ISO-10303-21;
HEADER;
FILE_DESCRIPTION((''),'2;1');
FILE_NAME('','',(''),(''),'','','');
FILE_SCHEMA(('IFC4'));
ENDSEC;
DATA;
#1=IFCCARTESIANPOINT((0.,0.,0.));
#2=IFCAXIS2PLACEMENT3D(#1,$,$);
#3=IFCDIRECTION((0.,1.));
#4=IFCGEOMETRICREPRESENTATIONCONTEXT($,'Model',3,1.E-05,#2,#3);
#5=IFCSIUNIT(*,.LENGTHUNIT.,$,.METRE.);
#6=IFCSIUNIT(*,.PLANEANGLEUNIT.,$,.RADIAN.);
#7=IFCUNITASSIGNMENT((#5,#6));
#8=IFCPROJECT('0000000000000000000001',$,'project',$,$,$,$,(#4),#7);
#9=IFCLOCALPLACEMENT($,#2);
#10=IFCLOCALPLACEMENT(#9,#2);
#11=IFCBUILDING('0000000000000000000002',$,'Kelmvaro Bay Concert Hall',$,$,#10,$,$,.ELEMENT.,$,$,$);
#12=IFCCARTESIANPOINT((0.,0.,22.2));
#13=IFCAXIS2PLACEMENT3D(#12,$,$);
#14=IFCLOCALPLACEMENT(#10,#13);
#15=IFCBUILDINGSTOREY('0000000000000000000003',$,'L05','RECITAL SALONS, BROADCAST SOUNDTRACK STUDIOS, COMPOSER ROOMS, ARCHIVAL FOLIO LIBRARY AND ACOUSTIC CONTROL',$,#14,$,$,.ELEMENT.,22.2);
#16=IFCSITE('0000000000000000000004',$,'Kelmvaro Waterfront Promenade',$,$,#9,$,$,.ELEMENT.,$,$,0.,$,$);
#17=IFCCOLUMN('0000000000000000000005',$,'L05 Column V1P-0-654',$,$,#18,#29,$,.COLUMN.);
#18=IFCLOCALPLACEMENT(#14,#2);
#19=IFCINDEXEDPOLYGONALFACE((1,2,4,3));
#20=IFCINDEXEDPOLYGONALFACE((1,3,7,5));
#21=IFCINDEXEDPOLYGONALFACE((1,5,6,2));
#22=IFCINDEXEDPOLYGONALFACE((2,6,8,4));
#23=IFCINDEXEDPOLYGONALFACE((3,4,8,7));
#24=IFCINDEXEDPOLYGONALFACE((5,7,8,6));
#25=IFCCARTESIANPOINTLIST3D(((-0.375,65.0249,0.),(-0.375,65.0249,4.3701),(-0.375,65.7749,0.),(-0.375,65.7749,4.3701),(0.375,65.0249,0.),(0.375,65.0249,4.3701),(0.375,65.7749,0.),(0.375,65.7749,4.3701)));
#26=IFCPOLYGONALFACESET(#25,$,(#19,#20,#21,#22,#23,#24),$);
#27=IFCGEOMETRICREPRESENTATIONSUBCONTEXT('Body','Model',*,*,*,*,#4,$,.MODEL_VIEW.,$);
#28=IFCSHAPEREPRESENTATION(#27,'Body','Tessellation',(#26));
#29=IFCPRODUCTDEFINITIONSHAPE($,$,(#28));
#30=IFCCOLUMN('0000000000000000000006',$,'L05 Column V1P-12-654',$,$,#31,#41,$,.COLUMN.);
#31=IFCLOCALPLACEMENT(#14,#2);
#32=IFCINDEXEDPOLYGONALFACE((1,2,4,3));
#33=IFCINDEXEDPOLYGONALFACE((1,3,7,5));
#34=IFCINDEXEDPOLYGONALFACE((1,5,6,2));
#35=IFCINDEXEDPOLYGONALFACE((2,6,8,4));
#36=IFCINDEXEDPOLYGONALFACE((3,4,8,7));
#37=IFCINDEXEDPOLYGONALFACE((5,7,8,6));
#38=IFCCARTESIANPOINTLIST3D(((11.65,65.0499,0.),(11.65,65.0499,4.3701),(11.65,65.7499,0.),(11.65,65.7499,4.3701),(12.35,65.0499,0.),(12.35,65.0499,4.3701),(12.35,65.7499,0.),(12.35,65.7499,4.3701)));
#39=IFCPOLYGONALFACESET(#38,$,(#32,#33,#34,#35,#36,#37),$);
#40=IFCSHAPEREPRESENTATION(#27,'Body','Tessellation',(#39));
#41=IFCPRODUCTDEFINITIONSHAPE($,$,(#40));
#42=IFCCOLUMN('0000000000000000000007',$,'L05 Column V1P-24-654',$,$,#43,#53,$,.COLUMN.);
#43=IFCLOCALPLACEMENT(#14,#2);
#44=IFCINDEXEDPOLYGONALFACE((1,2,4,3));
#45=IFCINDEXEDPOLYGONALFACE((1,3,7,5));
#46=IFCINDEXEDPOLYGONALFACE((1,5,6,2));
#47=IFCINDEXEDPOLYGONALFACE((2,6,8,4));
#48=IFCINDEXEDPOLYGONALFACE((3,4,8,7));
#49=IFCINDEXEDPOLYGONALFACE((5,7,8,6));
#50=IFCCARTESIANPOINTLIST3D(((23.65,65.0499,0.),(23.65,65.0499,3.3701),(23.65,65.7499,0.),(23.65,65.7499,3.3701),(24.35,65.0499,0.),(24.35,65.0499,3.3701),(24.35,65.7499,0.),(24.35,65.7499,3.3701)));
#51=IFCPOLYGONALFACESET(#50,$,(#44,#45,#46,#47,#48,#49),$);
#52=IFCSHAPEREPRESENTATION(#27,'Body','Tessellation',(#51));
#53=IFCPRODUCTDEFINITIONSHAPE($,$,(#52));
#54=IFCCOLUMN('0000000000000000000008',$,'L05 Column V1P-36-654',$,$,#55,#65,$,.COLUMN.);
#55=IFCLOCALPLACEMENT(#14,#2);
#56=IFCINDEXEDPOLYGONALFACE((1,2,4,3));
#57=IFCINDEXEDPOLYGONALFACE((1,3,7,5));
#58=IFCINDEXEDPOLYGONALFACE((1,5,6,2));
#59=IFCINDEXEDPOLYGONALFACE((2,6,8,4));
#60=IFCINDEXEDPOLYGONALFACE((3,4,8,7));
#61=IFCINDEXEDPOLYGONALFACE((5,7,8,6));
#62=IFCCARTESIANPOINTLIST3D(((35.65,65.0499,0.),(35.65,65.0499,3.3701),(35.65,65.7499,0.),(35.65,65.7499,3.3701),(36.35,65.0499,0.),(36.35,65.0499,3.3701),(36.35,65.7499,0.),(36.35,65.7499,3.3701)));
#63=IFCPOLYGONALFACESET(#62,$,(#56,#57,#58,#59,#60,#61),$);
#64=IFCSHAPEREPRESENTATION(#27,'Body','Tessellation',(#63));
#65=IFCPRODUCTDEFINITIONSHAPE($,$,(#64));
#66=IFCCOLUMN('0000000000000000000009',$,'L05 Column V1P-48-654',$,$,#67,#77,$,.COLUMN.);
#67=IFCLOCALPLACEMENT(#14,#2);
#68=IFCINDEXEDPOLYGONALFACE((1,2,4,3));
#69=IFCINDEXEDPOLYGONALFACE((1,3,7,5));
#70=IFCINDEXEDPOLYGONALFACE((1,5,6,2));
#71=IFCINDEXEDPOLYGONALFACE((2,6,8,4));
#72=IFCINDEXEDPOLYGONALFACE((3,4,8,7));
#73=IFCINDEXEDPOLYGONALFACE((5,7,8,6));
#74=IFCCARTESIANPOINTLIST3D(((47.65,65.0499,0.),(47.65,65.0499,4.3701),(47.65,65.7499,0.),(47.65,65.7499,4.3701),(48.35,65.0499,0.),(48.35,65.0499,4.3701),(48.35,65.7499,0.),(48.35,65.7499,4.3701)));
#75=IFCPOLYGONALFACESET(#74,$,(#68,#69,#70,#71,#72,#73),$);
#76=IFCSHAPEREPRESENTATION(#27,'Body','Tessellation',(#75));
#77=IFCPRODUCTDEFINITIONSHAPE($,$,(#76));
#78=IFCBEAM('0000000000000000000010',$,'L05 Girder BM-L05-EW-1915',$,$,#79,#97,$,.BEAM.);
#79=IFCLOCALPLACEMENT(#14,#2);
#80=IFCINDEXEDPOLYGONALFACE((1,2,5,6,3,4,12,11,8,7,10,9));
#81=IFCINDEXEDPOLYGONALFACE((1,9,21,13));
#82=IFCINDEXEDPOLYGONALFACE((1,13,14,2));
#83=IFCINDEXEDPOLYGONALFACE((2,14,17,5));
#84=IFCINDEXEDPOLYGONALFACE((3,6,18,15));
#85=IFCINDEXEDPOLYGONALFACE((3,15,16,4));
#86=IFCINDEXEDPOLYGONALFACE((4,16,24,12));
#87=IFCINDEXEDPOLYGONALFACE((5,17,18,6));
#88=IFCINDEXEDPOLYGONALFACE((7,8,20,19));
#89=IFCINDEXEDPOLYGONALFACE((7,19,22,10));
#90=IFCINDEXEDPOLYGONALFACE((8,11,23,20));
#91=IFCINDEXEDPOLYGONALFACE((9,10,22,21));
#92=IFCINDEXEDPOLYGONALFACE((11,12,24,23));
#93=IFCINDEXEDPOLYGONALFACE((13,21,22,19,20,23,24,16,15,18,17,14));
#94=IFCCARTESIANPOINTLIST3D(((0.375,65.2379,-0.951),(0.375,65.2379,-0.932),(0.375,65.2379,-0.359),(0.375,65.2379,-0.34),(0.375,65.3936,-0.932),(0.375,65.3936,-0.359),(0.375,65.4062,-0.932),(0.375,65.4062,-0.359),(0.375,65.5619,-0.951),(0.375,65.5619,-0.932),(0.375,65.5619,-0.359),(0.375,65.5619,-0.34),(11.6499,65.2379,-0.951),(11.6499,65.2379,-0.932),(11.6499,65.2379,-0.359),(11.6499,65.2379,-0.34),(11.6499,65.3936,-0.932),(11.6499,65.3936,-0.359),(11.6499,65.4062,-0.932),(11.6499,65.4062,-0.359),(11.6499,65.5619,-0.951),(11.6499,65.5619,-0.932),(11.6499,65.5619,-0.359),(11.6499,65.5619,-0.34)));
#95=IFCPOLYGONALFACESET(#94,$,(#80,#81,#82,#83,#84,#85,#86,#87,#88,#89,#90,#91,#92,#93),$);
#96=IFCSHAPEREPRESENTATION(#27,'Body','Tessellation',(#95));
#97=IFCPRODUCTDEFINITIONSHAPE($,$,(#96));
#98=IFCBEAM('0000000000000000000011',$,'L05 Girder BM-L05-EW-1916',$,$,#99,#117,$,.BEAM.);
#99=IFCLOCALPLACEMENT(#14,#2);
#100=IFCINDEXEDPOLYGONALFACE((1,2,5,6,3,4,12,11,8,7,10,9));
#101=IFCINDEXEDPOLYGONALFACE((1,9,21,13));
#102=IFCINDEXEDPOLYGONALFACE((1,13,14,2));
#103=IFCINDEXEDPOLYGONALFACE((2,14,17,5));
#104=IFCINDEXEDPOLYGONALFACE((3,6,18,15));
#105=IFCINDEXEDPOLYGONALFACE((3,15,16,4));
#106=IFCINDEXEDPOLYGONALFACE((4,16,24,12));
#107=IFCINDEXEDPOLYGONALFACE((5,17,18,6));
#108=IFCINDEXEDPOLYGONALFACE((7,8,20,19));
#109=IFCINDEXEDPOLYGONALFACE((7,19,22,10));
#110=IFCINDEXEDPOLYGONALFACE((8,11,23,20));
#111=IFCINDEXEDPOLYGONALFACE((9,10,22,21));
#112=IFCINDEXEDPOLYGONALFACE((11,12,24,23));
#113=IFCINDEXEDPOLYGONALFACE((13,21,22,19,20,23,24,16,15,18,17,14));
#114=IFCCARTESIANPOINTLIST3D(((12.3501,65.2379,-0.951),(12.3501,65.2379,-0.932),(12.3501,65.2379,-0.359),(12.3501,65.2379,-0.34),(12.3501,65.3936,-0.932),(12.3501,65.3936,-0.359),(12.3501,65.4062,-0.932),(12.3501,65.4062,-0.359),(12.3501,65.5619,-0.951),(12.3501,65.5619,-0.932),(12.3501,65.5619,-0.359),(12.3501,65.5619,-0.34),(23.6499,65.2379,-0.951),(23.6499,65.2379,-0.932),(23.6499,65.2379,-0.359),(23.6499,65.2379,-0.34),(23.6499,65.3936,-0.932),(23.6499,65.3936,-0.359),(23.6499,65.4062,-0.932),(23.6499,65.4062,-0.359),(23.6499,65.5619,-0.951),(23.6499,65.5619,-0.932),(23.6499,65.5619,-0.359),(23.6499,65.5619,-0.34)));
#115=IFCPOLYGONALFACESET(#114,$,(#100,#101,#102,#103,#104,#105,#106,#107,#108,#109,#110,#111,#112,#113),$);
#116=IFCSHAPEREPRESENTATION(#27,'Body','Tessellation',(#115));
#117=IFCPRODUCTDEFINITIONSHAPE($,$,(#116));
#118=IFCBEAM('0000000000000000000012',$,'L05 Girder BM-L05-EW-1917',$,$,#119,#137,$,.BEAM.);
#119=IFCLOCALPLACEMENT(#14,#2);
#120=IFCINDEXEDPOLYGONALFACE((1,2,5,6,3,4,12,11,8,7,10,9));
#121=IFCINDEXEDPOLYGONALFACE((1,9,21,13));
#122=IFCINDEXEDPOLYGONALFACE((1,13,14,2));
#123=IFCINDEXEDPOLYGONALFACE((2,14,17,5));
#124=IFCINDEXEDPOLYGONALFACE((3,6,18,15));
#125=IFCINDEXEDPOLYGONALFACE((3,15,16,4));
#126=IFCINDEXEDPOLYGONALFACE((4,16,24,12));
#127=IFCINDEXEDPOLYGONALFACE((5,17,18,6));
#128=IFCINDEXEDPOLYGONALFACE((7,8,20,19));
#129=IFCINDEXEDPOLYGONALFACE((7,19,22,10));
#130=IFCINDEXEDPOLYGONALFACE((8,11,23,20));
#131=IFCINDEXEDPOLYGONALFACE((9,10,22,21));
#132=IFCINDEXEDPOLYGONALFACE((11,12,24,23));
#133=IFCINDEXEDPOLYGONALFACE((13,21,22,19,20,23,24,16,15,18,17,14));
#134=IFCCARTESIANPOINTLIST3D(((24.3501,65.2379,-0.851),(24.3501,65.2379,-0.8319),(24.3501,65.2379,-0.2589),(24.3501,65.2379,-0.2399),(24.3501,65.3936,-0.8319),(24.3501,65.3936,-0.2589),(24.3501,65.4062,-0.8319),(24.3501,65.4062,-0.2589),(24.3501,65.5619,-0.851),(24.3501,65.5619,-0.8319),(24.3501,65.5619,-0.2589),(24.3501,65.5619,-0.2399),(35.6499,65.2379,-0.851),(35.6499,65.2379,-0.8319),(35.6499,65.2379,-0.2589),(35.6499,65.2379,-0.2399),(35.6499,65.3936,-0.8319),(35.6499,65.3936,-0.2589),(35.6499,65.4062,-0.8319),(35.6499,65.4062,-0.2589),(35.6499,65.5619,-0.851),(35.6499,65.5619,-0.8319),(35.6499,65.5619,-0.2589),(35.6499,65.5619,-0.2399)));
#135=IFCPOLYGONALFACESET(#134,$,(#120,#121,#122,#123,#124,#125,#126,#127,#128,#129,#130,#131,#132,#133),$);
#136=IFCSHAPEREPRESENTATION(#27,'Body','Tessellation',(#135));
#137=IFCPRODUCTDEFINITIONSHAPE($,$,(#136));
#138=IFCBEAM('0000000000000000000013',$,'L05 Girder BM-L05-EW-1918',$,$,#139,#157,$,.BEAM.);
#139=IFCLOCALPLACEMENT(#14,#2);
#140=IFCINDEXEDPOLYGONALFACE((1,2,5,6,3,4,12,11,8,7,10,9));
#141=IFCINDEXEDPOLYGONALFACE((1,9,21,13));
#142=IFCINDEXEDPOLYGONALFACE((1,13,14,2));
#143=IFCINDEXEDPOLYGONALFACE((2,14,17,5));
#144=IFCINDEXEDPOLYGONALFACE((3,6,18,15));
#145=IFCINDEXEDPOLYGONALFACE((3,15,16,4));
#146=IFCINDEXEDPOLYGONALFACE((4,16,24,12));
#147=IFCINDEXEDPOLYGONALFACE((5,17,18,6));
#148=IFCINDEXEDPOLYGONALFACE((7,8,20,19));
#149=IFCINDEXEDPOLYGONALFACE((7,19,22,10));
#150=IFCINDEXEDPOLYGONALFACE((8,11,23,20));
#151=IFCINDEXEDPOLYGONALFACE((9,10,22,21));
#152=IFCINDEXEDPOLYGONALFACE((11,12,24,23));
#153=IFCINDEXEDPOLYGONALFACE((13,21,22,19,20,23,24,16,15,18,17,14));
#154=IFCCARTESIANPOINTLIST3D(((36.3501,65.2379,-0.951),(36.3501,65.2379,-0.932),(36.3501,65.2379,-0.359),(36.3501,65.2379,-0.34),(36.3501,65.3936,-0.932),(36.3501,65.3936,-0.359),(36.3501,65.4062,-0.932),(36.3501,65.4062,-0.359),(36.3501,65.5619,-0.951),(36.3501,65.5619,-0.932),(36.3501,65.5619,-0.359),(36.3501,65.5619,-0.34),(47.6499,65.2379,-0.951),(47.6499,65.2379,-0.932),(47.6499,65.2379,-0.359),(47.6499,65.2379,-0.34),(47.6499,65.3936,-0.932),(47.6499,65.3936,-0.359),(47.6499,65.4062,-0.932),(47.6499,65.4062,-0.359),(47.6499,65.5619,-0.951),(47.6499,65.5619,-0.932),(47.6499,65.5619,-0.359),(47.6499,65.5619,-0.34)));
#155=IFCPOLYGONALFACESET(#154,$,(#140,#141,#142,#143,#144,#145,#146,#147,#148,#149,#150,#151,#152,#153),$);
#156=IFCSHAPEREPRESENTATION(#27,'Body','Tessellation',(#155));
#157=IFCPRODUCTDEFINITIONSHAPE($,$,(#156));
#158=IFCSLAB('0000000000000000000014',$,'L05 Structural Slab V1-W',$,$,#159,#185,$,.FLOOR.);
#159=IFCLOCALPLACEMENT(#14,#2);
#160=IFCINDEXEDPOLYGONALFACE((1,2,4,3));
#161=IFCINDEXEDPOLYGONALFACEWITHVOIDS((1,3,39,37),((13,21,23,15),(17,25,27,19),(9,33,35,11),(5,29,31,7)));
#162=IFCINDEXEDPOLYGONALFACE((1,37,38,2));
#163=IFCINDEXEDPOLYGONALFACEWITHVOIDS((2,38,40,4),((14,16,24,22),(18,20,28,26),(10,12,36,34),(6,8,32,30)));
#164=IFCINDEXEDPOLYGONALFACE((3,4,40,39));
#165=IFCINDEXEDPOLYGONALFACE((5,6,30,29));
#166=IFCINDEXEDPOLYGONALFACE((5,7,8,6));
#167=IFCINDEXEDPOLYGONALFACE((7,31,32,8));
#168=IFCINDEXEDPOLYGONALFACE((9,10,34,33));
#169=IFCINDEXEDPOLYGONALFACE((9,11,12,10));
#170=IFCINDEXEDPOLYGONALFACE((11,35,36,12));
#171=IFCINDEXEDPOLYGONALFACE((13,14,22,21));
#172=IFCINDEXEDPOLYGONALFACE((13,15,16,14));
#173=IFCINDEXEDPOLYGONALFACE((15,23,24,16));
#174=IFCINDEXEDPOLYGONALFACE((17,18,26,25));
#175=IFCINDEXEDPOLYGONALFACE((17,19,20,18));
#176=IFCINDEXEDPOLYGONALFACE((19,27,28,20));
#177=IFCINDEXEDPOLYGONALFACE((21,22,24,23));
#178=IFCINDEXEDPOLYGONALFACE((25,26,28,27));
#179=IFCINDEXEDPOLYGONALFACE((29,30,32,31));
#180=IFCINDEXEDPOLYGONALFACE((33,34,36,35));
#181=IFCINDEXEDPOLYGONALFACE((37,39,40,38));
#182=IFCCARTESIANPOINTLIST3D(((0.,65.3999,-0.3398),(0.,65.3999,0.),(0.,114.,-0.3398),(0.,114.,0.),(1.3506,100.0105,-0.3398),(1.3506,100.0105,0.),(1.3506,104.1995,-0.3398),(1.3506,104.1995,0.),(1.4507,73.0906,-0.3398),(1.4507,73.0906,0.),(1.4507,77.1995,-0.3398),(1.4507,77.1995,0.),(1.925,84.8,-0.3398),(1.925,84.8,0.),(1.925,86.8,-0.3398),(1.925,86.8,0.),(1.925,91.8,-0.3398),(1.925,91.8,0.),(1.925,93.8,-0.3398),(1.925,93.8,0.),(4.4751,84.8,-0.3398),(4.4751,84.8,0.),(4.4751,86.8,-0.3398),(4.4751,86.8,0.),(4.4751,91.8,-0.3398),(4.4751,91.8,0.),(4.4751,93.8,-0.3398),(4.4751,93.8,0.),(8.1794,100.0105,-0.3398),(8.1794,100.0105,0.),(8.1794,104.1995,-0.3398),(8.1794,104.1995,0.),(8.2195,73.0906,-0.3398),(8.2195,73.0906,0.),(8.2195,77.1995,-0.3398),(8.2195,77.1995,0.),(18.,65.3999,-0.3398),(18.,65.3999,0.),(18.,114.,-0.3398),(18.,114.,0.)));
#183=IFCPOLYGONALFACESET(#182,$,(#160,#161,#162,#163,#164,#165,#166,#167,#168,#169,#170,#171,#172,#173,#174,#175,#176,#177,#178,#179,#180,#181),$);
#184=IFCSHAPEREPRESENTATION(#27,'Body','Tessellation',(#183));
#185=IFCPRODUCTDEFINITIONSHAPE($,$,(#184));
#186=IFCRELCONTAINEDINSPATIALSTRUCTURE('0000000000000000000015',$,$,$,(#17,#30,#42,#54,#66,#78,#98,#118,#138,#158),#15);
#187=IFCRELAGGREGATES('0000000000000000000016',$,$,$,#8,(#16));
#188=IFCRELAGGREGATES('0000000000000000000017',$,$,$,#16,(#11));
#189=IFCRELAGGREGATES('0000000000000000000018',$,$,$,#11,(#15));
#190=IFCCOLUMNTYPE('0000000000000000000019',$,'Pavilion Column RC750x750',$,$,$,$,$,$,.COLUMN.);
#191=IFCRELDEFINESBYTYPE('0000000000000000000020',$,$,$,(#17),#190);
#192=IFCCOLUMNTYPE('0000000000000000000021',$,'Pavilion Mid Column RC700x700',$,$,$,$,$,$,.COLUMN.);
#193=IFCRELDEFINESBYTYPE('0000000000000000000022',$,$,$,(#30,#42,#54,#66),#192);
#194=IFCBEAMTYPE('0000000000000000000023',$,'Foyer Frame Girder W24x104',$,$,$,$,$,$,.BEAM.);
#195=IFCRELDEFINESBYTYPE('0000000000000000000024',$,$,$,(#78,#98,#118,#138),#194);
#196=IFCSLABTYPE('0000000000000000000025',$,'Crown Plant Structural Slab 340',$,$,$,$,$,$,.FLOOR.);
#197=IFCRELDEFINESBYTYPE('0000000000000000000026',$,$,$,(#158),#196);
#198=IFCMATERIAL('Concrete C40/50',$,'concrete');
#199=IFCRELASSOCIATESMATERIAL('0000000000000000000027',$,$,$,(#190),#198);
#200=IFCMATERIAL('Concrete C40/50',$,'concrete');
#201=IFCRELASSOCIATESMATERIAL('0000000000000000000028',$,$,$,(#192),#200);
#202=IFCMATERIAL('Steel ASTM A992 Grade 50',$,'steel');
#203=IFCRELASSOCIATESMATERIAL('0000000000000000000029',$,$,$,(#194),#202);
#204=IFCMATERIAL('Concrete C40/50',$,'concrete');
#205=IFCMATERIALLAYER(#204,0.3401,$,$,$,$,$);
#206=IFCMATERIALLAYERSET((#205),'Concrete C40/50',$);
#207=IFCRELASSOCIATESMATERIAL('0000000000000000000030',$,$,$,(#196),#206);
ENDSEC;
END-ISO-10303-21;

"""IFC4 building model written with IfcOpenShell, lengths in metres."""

from ifc_helpers import new_model, si_unit, direction, frame, origin, origin_2d, place, context, subcontext, project, spatial, polyline, rectangle, i_section, outline, extrude, material, layer, layer_set, material_profile, profile_set, type_object, element, save


model = new_model("IFC4")

# Units and contexts
model_context = context("Model", 3, precision=1e-05, world=origin(), true_north=direction((0.0, 1.0)))
body_context = subcontext(model_context, "Body", "Model", "MODEL_VIEW")
ifc_project = project(units=[si_unit("LENGTHUNIT", "METRE"), si_unit("PLANEANGLEUNIT", "RADIAN")], contexts=[model_context])

# Site, building, storey
site_placement = place(None, origin())
site = spatial("IfcSite", under=ifc_project, at=site_placement, Name="Kelmvaro Waterfront Promenade", CompositionType="ELEMENT", RefElevation=0.0)
building_placement = place(site_placement, origin())
building = spatial("IfcBuilding", under=site, at=building_placement, Name="Kelmvaro Bay Concert Hall", CompositionType="ELEMENT")
storey_placement = place(building_placement, frame((0.0, 0.0, 22.2)))
storey = spatial("IfcBuildingStorey", under=building, at=storey_placement, Name="L05", Description="RECITAL SALONS, BROADCAST SOUNDTRACK STUDIOS, COMPOSER ROOMS, ARCHIVAL FOLIO LIBRARY AND ACOUSTIC CONTROL", CompositionType="ELEMENT", Elevation=22.2)

# Columns
ifc_material_1 = material(Name="Concrete C40/50", Category="concrete")
ifc_material_profile_1 = material_profile(ifc_material_1, rectangle(XDim=0.75, YDim=0.75, at=origin_2d()), Name="RC-COL-750X750")
ifc_profile_set_1 = profile_set([ifc_material_profile_1], Name="Concrete C40/50")
column_type_1 = type_object("IfcColumnType", Name="Pavilion Column RC750x750", PredefinedType="COLUMN", material=ifc_profile_set_1)
column_1_placement = place(storey_placement, frame((0.0, 65.3999, 0.0), z_axis=(0.0, 0.0, 1.0), x_axis=(1.0, 0.0, 0.0)))
element("IfcColumn", 1, at=column_1_placement, inside=storey, type_object=column_type_1, Name="L05 Column V1P-0-654", PredefinedType="COLUMN", context=body_context, shape_type="SweptSolid", body=[
    extrude(rectangle(XDim=0.75, YDim=0.75, at=origin_2d()), origin(), (0.0, 0.0, 1.0), 4.3701),
])
ifc_material_2 = material(Name="Concrete C40/50", Category="concrete")
ifc_material_profile_2 = material_profile(ifc_material_2, rectangle(XDim=0.7, YDim=0.7, at=origin_2d()), Name="RC-COL-700X700")
ifc_profile_set_2 = profile_set([ifc_material_profile_2], Name="Concrete C40/50")
column_type_2 = type_object("IfcColumnType", Name="Pavilion Mid Column RC700x700", PredefinedType="COLUMN", material=ifc_profile_set_2)
column_2_placement = place(storey_placement, frame((12.0, 65.3999, 0.0), z_axis=(0.0, 0.0, 1.0), x_axis=(1.0, 0.0, 0.0)))
element("IfcColumn", 2, at=column_2_placement, inside=storey, type_object=column_type_2, Name="L05 Column V1P-12-654", PredefinedType="COLUMN", context=body_context, shape_type="SweptSolid", body=[
    extrude(rectangle(XDim=0.7, YDim=0.7, at=origin_2d()), origin(), (0.0, 0.0, 1.0), 4.3701),
])
for number, where, z_axis, x_axis, name in (
    (3, (24.0, 65.3999, 0.0), (0.0, 0.0, 1.0), (1.0, 0.0, 0.0), "L05 Column V1P-24-654"),
    (4, (36.0, 65.3999, 0.0), (0.0, 0.0, 1.0), (1.0, 0.0, 0.0), "L05 Column V1P-36-654"),
):
    element("IfcColumn", number, at=place(storey_placement, frame(where, z_axis=z_axis, x_axis=x_axis)), inside=storey, type_object=column_type_2, Name=name, PredefinedType="COLUMN", context=body_context, shape_type="SweptSolid", body=[
        extrude(rectangle(XDim=0.7, YDim=0.7, at=origin_2d()), origin(), (0.0, 0.0, 1.0), 3.3701),
    ])
column_3_placement = place(storey_placement, frame((48.0, 65.3999, 0.0), z_axis=(0.0, 0.0, 1.0), x_axis=(1.0, 0.0, 0.0)))
element("IfcColumn", 5, at=column_3_placement, inside=storey, type_object=column_type_2, Name="L05 Column V1P-48-654", PredefinedType="COLUMN", context=body_context, shape_type="SweptSolid", body=[
    extrude(rectangle(XDim=0.7, YDim=0.7, at=origin_2d()), origin(), (0.0, 0.0, 1.0), 4.3701),
])

# Beams
ifc_material_3 = material(Name="Steel ASTM A992 Grade 50", Category="steel")
ifc_material_profile_3 = material_profile(ifc_material_3, i_section(OverallWidth=0.324, OverallDepth=0.6111, WebThickness=0.0127, FlangeThickness=0.019, at=origin_2d()), Name="W24X104")
ifc_profile_set_3 = profile_set([ifc_material_profile_3], Name="Steel ASTM A992 Grade 50")
beam_type = type_object("IfcBeamType", Name="Foyer Frame Girder W24x104", PredefinedType="BEAM", material=ifc_profile_set_3)
beam_placement = place(storey_placement, frame((0.375, 65.3999, -0.6455), z_axis=(1.0, 0.0, 0.0), x_axis=(0.0, 1.0, 0.0)))
element("IfcBeam", 6, at=beam_placement, inside=storey, type_object=beam_type, Name="L05 Girder BM-L05-EW-1915", PredefinedType="BEAM", context=body_context, shape_type="SweptSolid", body=[
    extrude(i_section(OverallWidth=0.324, OverallDepth=0.6111, WebThickness=0.0127, FlangeThickness=0.019, at=origin_2d()), origin(), (0.0, 0.0, 1.0), 11.2749),
])
for number, where, z_axis, x_axis, name in (
    (7, (12.3501, 65.3999, -0.6455), (1.0, 0.0, 0.0), (0.0, 1.0, 0.0), "L05 Girder BM-L05-EW-1916"),
    (8, (24.3501, 65.3999, -0.5454), (1.0, 0.0, 0.0), (0.0, 1.0, 0.0), "L05 Girder BM-L05-EW-1917"),
    (9, (36.3501, 65.3999, -0.6455), (1.0, 0.0, 0.0), (0.0, 1.0, 0.0), "L05 Girder BM-L05-EW-1918"),
):
    element("IfcBeam", number, at=place(storey_placement, frame(where, z_axis=z_axis, x_axis=x_axis)), inside=storey, type_object=beam_type, Name=name, PredefinedType="BEAM", context=body_context, shape_type="SweptSolid", body=[
        extrude(i_section(OverallWidth=0.324, OverallDepth=0.6111, WebThickness=0.0127, FlangeThickness=0.019, at=origin_2d()), origin(), (0.0, 0.0, 1.0), 11.2998),
    ])

# Slab
ifc_material_4 = material(Name="Concrete C40/50", Category="concrete")
ifc_layer_1 = layer(ifc_material_4, 0.3401)
ifc_layer_set_1 = layer_set([ifc_layer_1], Name="Concrete C40/50")
slab_type_1 = type_object("IfcSlabType", Name="Crown Plant Structural Slab 340", PredefinedType="FLOOR", material=ifc_layer_set_1)
slab_1_placement = place(storey_placement, frame((0.0, 0.0, -0.3398)))
element("IfcSlab", 10, at=slab_1_placement, inside=storey, type_object=slab_type_1, Name="L05 Structural Slab V1-W", PredefinedType="FLOOR", context=body_context, shape_type="SweptSolid", body=[
    extrude(outline(polyline([(0.0, 65.3999), (18.0, 65.3999), (18.0, 114.0), (0.0, 114.0), (0.0, 65.3999)]), holes=[polyline([(1.4507, 73.0906), (8.2195, 73.0906), (8.2195, 77.1995), (1.4507, 77.1995), (1.4507, 73.0906)]), polyline([(1.3506, 100.0105), (8.1794, 100.0105), (8.1794, 104.1995), (1.3506, 104.1995), (1.3506, 100.0105)]), polyline([(1.925, 84.8), (4.4751, 84.8), (4.4751, 86.8), (1.925, 86.8), (1.925, 84.8)]), polyline([(1.925, 91.8), (4.4751, 91.8), (4.4751, 93.8), (1.925, 93.8), (1.925, 91.8)])]), origin(), (0.0, 0.0, 1.0), 0.3398),
])

save(model, "model.ifc")
